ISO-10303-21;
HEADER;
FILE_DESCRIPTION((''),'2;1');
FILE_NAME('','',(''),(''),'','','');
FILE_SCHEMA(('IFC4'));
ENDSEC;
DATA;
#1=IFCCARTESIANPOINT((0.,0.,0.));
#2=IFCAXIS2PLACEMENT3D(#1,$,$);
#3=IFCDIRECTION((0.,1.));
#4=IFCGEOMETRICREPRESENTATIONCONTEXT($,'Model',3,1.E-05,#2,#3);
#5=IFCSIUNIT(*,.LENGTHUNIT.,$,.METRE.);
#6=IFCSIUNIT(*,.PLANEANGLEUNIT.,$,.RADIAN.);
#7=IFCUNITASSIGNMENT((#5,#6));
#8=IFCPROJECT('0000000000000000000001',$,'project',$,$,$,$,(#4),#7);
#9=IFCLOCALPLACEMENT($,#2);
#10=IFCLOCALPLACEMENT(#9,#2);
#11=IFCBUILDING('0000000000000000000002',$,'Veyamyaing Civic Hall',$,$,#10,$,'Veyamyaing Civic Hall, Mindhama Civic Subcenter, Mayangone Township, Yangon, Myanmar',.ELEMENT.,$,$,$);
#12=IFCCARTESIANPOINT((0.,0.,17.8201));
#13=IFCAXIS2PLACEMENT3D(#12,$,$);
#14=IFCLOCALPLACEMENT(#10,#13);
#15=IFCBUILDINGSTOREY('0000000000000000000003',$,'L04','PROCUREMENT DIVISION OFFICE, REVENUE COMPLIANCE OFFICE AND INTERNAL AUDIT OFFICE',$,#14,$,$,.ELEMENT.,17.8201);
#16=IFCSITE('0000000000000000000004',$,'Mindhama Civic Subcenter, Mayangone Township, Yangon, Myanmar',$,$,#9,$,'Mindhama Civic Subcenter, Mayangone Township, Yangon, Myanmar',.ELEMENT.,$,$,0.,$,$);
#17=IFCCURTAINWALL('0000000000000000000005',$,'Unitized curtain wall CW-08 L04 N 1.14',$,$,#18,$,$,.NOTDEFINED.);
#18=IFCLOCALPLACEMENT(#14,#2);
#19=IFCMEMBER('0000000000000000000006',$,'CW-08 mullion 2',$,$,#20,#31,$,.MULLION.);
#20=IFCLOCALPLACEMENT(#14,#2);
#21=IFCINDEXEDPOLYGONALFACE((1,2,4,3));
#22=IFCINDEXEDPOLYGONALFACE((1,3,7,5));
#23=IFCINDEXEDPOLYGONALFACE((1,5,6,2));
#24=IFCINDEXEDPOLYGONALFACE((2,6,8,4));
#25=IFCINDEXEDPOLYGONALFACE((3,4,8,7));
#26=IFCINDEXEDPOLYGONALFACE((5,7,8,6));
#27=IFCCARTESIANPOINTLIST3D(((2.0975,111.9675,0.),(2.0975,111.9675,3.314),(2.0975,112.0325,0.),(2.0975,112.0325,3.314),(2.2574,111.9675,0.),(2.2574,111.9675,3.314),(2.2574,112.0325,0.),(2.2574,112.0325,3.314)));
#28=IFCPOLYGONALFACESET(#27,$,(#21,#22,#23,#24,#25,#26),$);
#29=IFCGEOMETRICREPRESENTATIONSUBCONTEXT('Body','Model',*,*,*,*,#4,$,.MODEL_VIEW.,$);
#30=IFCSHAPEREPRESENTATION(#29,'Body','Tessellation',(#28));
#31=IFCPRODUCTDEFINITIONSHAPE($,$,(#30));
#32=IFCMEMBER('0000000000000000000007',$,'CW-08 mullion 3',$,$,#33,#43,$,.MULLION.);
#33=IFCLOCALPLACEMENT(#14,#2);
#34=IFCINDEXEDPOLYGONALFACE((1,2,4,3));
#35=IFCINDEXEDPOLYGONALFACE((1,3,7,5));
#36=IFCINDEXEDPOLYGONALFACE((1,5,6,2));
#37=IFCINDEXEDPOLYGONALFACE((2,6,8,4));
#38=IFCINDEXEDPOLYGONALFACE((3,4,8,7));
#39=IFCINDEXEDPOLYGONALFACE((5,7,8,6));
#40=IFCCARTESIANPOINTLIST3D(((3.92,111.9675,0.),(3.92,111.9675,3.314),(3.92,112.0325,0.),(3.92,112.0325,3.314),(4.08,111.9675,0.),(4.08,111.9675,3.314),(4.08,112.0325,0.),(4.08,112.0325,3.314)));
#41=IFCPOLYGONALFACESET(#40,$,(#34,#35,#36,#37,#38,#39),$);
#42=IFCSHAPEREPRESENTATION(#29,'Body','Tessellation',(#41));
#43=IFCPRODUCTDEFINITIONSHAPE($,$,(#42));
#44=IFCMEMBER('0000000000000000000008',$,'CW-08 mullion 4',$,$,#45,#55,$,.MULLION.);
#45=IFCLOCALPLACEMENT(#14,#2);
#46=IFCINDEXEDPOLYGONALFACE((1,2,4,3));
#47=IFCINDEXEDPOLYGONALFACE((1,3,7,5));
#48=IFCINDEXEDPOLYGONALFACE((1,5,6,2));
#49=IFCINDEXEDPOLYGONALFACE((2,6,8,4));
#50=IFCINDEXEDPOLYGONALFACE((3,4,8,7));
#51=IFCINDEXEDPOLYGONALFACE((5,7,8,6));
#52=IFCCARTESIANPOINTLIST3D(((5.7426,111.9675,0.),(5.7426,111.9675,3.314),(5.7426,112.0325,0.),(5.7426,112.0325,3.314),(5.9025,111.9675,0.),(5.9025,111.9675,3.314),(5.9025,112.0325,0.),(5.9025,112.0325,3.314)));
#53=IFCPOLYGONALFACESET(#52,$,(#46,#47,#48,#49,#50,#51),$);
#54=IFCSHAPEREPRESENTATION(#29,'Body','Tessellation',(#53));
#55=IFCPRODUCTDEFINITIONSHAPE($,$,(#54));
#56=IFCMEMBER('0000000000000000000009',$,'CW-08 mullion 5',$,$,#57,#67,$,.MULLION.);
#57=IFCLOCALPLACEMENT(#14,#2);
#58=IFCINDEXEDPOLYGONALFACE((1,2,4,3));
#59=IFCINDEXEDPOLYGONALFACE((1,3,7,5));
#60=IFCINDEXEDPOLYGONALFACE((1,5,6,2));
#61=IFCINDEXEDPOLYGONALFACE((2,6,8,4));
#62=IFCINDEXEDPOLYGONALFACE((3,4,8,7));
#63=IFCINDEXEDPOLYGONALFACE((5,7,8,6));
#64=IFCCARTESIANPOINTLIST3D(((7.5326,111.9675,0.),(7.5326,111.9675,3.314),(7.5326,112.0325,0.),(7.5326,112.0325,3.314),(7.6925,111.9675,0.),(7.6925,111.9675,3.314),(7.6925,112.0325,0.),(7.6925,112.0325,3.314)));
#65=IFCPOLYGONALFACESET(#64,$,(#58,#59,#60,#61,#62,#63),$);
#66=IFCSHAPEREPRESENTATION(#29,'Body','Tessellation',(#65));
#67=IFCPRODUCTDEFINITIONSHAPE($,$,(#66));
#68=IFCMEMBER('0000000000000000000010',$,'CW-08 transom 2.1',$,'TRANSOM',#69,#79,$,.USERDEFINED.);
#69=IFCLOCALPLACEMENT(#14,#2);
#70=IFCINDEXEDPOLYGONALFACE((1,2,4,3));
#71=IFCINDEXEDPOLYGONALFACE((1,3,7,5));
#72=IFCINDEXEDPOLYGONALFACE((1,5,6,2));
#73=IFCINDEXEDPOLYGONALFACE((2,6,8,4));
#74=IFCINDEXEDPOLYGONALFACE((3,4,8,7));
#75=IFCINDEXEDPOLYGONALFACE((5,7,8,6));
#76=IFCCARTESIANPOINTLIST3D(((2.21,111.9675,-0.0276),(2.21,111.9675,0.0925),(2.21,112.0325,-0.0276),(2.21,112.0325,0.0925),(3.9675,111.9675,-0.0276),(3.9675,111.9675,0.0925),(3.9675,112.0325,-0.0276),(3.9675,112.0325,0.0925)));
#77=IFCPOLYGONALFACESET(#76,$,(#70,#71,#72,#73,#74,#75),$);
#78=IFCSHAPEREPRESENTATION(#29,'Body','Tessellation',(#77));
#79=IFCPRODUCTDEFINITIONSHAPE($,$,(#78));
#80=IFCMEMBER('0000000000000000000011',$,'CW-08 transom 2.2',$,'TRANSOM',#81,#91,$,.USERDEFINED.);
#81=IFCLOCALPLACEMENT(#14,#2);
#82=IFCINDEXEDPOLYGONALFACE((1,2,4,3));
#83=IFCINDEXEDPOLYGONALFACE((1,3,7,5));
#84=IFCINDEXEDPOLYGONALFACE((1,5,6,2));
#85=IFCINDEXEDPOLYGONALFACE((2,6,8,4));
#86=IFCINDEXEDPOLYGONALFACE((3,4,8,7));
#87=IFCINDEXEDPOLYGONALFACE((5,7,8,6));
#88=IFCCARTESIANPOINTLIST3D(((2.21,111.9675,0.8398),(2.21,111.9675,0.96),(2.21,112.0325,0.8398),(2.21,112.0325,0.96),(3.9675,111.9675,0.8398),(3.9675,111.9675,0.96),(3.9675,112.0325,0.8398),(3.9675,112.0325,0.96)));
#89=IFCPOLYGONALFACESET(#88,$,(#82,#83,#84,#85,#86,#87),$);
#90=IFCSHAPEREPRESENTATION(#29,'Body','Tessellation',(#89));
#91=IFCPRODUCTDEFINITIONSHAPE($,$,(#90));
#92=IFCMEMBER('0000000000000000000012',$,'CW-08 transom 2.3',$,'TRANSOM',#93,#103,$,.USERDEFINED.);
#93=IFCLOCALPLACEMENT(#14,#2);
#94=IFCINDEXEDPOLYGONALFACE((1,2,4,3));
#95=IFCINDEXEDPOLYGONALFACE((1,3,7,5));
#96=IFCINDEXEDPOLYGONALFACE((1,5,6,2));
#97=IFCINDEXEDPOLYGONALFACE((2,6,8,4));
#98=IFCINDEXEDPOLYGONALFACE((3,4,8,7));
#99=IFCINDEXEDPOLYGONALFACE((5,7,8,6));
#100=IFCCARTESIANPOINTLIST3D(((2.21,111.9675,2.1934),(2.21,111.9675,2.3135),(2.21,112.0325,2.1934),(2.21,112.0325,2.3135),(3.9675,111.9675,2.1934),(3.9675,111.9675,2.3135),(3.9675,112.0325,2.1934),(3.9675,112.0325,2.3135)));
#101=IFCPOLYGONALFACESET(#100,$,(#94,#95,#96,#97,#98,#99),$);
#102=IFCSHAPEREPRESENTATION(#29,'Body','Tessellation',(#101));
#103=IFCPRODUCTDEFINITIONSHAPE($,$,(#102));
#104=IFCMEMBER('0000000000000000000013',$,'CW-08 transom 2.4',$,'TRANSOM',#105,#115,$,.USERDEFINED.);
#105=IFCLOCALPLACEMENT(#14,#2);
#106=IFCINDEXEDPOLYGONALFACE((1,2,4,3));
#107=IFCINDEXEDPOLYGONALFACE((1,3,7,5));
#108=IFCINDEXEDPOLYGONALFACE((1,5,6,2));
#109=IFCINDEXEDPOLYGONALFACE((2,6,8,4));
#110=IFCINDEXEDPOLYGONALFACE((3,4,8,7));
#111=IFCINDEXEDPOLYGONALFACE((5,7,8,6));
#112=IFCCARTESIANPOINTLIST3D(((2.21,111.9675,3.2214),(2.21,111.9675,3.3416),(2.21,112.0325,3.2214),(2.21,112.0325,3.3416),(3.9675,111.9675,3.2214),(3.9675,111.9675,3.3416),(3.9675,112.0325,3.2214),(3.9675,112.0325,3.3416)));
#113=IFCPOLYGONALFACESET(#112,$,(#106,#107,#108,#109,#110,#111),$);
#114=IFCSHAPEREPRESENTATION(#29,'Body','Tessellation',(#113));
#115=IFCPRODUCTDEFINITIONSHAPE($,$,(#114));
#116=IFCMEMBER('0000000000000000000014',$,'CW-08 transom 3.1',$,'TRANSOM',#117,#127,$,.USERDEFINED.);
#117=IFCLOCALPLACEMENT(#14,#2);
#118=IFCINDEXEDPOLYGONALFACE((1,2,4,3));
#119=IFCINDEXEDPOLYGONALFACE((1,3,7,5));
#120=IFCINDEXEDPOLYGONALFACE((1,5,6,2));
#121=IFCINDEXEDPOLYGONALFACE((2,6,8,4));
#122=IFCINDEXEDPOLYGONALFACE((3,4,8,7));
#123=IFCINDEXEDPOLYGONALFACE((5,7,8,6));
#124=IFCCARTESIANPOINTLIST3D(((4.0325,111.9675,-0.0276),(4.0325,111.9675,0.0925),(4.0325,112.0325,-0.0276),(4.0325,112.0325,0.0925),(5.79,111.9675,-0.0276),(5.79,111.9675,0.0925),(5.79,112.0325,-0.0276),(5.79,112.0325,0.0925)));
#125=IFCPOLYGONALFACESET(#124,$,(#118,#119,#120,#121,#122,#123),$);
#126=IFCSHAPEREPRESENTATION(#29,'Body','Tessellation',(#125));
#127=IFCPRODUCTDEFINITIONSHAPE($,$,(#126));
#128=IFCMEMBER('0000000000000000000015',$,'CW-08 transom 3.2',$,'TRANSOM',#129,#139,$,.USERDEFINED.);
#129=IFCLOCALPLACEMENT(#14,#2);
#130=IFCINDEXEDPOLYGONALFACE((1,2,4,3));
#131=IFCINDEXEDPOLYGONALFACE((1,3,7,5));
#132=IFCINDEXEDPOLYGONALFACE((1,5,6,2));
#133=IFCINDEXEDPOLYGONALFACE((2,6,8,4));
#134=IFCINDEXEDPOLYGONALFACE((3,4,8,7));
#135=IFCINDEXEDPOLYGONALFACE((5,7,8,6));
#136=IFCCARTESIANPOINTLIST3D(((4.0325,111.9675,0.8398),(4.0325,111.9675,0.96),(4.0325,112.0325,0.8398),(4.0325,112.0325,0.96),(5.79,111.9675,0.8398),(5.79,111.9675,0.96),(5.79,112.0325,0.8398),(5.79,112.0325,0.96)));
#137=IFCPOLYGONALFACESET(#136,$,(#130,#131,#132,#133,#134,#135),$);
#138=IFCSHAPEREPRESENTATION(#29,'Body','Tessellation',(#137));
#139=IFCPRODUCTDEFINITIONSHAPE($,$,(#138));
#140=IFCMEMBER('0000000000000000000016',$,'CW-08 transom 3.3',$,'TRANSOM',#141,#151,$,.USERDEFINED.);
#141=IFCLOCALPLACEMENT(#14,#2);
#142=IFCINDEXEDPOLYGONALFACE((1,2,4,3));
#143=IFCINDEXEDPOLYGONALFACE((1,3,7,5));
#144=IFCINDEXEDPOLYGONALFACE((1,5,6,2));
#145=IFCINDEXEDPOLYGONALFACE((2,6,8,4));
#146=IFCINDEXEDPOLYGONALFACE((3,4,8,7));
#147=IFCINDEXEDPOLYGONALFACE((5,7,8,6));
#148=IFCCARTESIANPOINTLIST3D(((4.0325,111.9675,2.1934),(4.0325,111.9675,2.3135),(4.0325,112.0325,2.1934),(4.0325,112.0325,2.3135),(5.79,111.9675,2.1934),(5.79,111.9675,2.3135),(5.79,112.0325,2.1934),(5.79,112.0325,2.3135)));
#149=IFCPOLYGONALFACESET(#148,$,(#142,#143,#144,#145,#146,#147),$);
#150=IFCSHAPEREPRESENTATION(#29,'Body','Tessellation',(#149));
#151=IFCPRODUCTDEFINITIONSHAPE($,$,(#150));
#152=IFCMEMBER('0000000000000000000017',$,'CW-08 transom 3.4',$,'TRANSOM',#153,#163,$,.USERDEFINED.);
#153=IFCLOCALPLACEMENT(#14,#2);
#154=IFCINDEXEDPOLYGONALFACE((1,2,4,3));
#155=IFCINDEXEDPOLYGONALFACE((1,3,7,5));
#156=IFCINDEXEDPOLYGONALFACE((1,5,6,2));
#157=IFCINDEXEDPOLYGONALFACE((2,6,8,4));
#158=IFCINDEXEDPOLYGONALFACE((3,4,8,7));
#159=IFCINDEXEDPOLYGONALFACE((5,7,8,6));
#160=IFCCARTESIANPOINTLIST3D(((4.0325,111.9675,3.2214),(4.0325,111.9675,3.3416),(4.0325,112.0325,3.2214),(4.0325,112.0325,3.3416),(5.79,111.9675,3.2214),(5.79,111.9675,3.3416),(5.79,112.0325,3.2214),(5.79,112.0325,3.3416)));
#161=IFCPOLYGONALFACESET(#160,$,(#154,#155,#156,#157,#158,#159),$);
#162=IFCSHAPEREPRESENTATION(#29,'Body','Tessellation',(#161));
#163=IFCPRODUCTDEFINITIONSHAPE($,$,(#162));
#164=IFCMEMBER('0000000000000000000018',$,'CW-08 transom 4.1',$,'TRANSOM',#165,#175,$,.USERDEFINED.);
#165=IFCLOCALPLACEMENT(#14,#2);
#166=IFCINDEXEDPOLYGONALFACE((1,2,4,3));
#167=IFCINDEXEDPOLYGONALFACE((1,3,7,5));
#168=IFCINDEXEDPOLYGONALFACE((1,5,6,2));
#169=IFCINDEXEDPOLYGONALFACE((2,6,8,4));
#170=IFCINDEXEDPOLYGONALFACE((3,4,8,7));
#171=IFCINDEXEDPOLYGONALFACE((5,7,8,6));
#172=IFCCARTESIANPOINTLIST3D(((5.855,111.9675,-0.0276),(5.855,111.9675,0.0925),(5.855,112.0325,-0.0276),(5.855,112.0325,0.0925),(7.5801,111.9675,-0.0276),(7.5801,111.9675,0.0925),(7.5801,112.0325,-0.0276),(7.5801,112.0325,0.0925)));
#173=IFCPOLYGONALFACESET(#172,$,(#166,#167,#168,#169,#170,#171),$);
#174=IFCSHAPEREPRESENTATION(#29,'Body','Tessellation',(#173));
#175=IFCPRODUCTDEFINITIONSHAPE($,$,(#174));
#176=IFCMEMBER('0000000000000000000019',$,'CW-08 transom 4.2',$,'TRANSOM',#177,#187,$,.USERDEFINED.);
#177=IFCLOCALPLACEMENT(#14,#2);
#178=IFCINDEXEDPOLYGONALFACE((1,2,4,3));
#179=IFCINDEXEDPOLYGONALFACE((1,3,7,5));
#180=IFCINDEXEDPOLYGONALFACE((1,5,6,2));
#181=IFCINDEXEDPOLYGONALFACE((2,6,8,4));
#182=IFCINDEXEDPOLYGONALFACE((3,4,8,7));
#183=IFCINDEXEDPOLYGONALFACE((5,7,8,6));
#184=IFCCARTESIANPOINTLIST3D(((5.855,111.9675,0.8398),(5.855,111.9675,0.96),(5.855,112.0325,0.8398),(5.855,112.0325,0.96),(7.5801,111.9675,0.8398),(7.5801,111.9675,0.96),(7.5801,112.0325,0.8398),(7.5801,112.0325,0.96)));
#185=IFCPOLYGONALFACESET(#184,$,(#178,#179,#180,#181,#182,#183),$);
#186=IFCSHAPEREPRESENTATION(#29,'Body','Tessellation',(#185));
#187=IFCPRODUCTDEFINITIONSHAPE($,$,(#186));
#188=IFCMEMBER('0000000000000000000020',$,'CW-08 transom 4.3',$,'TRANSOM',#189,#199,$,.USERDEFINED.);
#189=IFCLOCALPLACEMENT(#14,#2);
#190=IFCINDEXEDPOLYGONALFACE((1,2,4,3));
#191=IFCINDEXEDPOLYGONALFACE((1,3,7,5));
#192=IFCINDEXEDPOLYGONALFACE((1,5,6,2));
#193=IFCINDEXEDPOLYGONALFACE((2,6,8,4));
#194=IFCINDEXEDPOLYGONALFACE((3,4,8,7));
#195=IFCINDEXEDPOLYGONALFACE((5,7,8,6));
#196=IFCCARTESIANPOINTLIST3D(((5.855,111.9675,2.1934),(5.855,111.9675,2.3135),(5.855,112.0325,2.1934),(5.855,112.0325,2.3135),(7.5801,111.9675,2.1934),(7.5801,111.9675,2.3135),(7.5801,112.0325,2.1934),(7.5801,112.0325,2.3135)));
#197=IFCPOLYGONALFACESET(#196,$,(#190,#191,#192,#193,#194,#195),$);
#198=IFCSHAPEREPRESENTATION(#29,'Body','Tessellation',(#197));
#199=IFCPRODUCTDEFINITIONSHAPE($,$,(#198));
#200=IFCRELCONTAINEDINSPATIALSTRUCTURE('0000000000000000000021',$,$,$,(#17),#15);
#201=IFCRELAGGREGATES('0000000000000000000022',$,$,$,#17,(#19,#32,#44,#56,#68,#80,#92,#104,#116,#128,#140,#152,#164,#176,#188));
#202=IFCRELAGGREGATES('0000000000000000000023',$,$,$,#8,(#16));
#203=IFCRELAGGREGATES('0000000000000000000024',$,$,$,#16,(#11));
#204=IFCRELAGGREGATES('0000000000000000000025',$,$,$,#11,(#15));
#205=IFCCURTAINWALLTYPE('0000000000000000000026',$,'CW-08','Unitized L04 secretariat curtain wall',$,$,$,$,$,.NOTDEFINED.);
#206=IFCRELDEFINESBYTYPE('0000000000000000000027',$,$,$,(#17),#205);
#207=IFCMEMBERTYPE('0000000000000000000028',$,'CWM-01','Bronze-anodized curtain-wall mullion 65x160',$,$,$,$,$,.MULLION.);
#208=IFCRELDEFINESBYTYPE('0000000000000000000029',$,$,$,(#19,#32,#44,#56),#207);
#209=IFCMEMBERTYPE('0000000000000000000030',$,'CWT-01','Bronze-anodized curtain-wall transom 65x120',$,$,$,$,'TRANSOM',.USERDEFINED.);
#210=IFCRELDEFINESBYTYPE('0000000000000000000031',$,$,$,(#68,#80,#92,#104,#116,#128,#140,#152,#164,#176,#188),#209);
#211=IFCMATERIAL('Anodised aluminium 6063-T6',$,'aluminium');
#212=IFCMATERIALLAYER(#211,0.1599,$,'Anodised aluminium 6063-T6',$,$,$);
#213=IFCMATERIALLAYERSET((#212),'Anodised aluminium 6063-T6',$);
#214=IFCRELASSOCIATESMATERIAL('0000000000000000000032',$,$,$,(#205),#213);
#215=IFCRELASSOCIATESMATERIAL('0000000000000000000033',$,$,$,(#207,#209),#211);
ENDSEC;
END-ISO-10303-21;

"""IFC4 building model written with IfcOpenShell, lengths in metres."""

from ifc_helpers import new_model, si_unit, direction, frame, origin, origin_2d, place, context, subcontext, project, spatial, rectangle, extrude, material, layer, layer_set, material_profile, profile_set, type_object, element, aggregate, save


model = new_model("IFC4")

# Units and contexts
model_context = context("Model", 3, precision=1e-05, world=origin(), true_north=direction((0.0, 1.0)))
body_context = subcontext(model_context, "Body", "Model", "MODEL_VIEW")
ifc_project = project(units=[si_unit("LENGTHUNIT", "METRE"), si_unit("PLANEANGLEUNIT", "RADIAN")], contexts=[model_context])

# Site, building, storey
site_placement = place(None, origin())
site = spatial("IfcSite", under=ifc_project, at=site_placement, Name="Mindhama Civic Subcenter, Mayangone Township, Yangon, Myanmar", LongName="Mindhama Civic Subcenter, Mayangone Township, Yangon, Myanmar", CompositionType="ELEMENT", RefElevation=0.0)
building_placement = place(site_placement, origin())
building = spatial("IfcBuilding", under=site, at=building_placement, Name="Veyamyaing Civic Hall", LongName="Veyamyaing Civic Hall, Mindhama Civic Subcenter, Mayangone Township, Yangon, Myanmar", CompositionType="ELEMENT")
storey_placement = place(building_placement, frame((0.0, 0.0, 17.8201)))
storey = spatial("IfcBuildingStorey", under=building, at=storey_placement, Name="L04", Description="PROCUREMENT DIVISION OFFICE, REVENUE COMPLIANCE OFFICE AND INTERNAL AUDIT OFFICE", CompositionType="ELEMENT", Elevation=17.8201)

# Curtain wall, members
ifc_material_1 = material(Name="Anodised aluminium 6063-T6", Category="aluminium")
ifc_layer_1 = layer(ifc_material_1, 0.1599, Name="Anodised aluminium 6063-T6")
ifc_layer_set_1 = layer_set([ifc_layer_1], Name="Anodised aluminium 6063-T6")
curtain_wall_type = type_object("IfcCurtainWallType", Name="CW-08", Description="Unitized L04 secretariat curtain wall", PredefinedType="NOTDEFINED", material=ifc_layer_set_1)
curtain_wall_placement = place(storey_placement, origin())
curtain_wall = element("IfcCurtainWall", 1, at=curtain_wall_placement, inside=storey, type_object=curtain_wall_type, Name="Unitized curtain wall CW-08 L04 N 1.14", PredefinedType="NOTDEFINED")
ifc_material_profile_1 = material_profile(ifc_material_1, rectangle(XDim=0.0649, YDim=0.1599, at=origin_2d()), Name="ALU-MUL-65X160")
ifc_profile_set_1 = profile_set([ifc_material_profile_1], Name="Anodised aluminium 6063-T6")
member_type_1 = type_object("IfcMemberType", Name="CWM-01", Description="Bronze-anodized curtain-wall mullion 65x160", PredefinedType="MULLION", material=ifc_profile_set_1)
member_1_placement = place(storey_placement, frame((2.1775, 112.0, 0.0), z_axis=(0.0, 0.0, 1.0), x_axis=(0.0, 1.0, 0.0)))
member_1 = element("IfcMember", 2, at=member_1_placement, type_object=member_type_1, Name="CW-08 mullion 2", PredefinedType="MULLION", context=body_context, shape_type="SweptSolid", body=[
    extrude(rectangle(XDim=0.0649, YDim=0.1599, at=origin_2d()), origin(), (0.0, 0.0, 1.0), 3.314),
])
member_2_placement = place(storey_placement, frame((4.0, 112.0, 0.0), z_axis=(0.0, 0.0, 1.0), x_axis=(0.0, 1.0, 0.0)))
member_2 = element("IfcMember", 3, at=member_2_placement, type_object=member_type_1, Name="CW-08 mullion 3", PredefinedType="MULLION", context=body_context, shape_type="SweptSolid", body=[
    extrude(rectangle(XDim=0.0649, YDim=0.1599, at=origin_2d()), origin(), (0.0, 0.0, 1.0), 3.314),
])
member_3_placement = place(storey_placement, frame((5.8225, 112.0, 0.0), z_axis=(0.0, 0.0, 1.0), x_axis=(0.0, 1.0, 0.0)))
member_3 = element("IfcMember", 4, at=member_3_placement, type_object=member_type_1, Name="CW-08 mullion 4", PredefinedType="MULLION", context=body_context, shape_type="SweptSolid", body=[
    extrude(rectangle(XDim=0.0649, YDim=0.1599, at=origin_2d()), origin(), (0.0, 0.0, 1.0), 3.314),
])
member_4_placement = place(storey_placement, frame((7.6125, 112.0, 0.0), z_axis=(0.0, 0.0, 1.0), x_axis=(0.0, 1.0, 0.0)))
member_4 = element("IfcMember", 5, at=member_4_placement, type_object=member_type_1, Name="CW-08 mullion 5", PredefinedType="MULLION", context=body_context, shape_type="SweptSolid", body=[
    extrude(rectangle(XDim=0.0649, YDim=0.1599, at=origin_2d()), origin(), (0.0, 0.0, 1.0), 3.314),
])
ifc_material_profile_2 = material_profile(ifc_material_1, rectangle(XDim=0.0649, YDim=0.1201, at=origin_2d()), Name="ALU-TRN-65X120")
ifc_profile_set_2 = profile_set([ifc_material_profile_2], Name="Anodised aluminium 6063-T6")
member_type_2 = type_object("IfcMemberType", Name="CWT-01", Description="Bronze-anodized curtain-wall transom 65x120", ElementType="TRANSOM", PredefinedType="USERDEFINED", material=ifc_profile_set_2)
member_5_placement = place(storey_placement, frame((2.21, 112.0, 0.0325), z_axis=(1.0, 0.0, 0.0), x_axis=(0.0, 1.0, 0.0)))
member_5 = element("IfcMember", 6, at=member_5_placement, type_object=member_type_2, Name="CW-08 transom 2.1", ObjectType="TRANSOM", PredefinedType="USERDEFINED", context=body_context, shape_type="SweptSolid", body=[
    extrude(rectangle(XDim=0.0649, YDim=0.1201, at=origin_2d()), origin(), (0.0, 0.0, 1.0), 1.7576),
])
member_6_placement = place(storey_placement, frame((2.21, 112.0, 0.8999), z_axis=(1.0, 0.0, 0.0), x_axis=(0.0, 1.0, 0.0)))
member_6 = element("IfcMember", 7, at=member_6_placement, type_object=member_type_2, Name="CW-08 transom 2.2", ObjectType="TRANSOM", PredefinedType="USERDEFINED", context=body_context, shape_type="SweptSolid", body=[
    extrude(rectangle(XDim=0.0649, YDim=0.1201, at=origin_2d()), origin(), (0.0, 0.0, 1.0), 1.7576),
])
member_7_placement = place(storey_placement, frame((2.21, 112.0, 2.2534), z_axis=(1.0, 0.0, 0.0), x_axis=(0.0, 1.0, 0.0)))
member_7 = element("IfcMember", 8, at=member_7_placement, type_object=member_type_2, Name="CW-08 transom 2.3", ObjectType="TRANSOM", PredefinedType="USERDEFINED", context=body_context, shape_type="SweptSolid", body=[
    extrude(rectangle(XDim=0.0649, YDim=0.1201, at=origin_2d()), origin(), (0.0, 0.0, 1.0), 1.7576),
])
member_8_placement = place(storey_placement, frame((2.21, 112.0, 3.2815), z_axis=(1.0, 0.0, 0.0), x_axis=(0.0, 1.0, 0.0)))
member_8 = element("IfcMember", 9, at=member_8_placement, type_object=member_type_2, Name="CW-08 transom 2.4", ObjectType="TRANSOM", PredefinedType="USERDEFINED", context=body_context, shape_type="SweptSolid", body=[
    extrude(rectangle(XDim=0.0649, YDim=0.1201, at=origin_2d()), origin(), (0.0, 0.0, 1.0), 1.7576),
])
member_9_placement = place(storey_placement, frame((4.0325, 112.0, 0.0325), z_axis=(1.0, 0.0, 0.0), x_axis=(0.0, 1.0, 0.0)))
member_9 = element("IfcMember", 10, at=member_9_placement, type_object=member_type_2, Name="CW-08 transom 3.1", ObjectType="TRANSOM", PredefinedType="USERDEFINED", context=body_context, shape_type="SweptSolid", body=[
    extrude(rectangle(XDim=0.0649, YDim=0.1201, at=origin_2d()), origin(), (0.0, 0.0, 1.0), 1.7576),
])
member_10_placement = place(storey_placement, frame((4.0325, 112.0, 0.8999), z_axis=(1.0, 0.0, 0.0), x_axis=(0.0, 1.0, 0.0)))
member_10 = element("IfcMember", 11, at=member_10_placement, type_object=member_type_2, Name="CW-08 transom 3.2", ObjectType="TRANSOM", PredefinedType="USERDEFINED", context=body_context, shape_type="SweptSolid", body=[
    extrude(rectangle(XDim=0.0649, YDim=0.1201, at=origin_2d()), origin(), (0.0, 0.0, 1.0), 1.7576),
])
member_11_placement = place(storey_placement, frame((4.0325, 112.0, 2.2534), z_axis=(1.0, 0.0, 0.0), x_axis=(0.0, 1.0, 0.0)))
member_11 = element("IfcMember", 12, at=member_11_placement, type_object=member_type_2, Name="CW-08 transom 3.3", ObjectType="TRANSOM", PredefinedType="USERDEFINED", context=body_context, shape_type="SweptSolid", body=[
    extrude(rectangle(XDim=0.0649, YDim=0.1201, at=origin_2d()), origin(), (0.0, 0.0, 1.0), 1.7576),
])
member_12_placement = place(storey_placement, frame((4.0325, 112.0, 3.2815), z_axis=(1.0, 0.0, 0.0), x_axis=(0.0, 1.0, 0.0)))
member_12 = element("IfcMember", 13, at=member_12_placement, type_object=member_type_2, Name="CW-08 transom 3.4", ObjectType="TRANSOM", PredefinedType="USERDEFINED", context=body_context, shape_type="SweptSolid", body=[
    extrude(rectangle(XDim=0.0649, YDim=0.1201, at=origin_2d()), origin(), (0.0, 0.0, 1.0), 1.7576),
])
member_13_placement = place(storey_placement, frame((5.855, 112.0, 0.0325), z_axis=(1.0, 0.0, 0.0), x_axis=(0.0, 1.0, 0.0)))
member_13 = element("IfcMember", 14, at=member_13_placement, type_object=member_type_2, Name="CW-08 transom 4.1", ObjectType="TRANSOM", PredefinedType="USERDEFINED", context=body_context, shape_type="SweptSolid", body=[
    extrude(rectangle(XDim=0.0649, YDim=0.1201, at=origin_2d()), origin(), (0.0, 0.0, 1.0), 1.7251),
])
member_14_placement = place(storey_placement, frame((5.855, 112.0, 0.8999), z_axis=(1.0, 0.0, 0.0), x_axis=(0.0, 1.0, 0.0)))
member_14 = element("IfcMember", 15, at=member_14_placement, type_object=member_type_2, Name="CW-08 transom 4.2", ObjectType="TRANSOM", PredefinedType="USERDEFINED", context=body_context, shape_type="SweptSolid", body=[
    extrude(rectangle(XDim=0.0649, YDim=0.1201, at=origin_2d()), origin(), (0.0, 0.0, 1.0), 1.7251),
])
member_15_placement = place(storey_placement, frame((5.855, 112.0, 2.2534), z_axis=(1.0, 0.0, 0.0), x_axis=(0.0, 1.0, 0.0)))
member_15 = element("IfcMember", 16, at=member_15_placement, type_object=member_type_2, Name="CW-08 transom 4.3", ObjectType="TRANSOM", PredefinedType="USERDEFINED", context=body_context, shape_type="SweptSolid", body=[
    extrude(rectangle(XDim=0.0649, YDim=0.1201, at=origin_2d()), origin(), (0.0, 0.0, 1.0), 1.7251),
])
aggregate(curtain_wall, [member_1, member_2, member_3, member_4, member_5, member_6, member_7, member_8, member_9, member_10, member_11, member_12, member_13, member_14, member_15])

save(model, "model.ifc")
